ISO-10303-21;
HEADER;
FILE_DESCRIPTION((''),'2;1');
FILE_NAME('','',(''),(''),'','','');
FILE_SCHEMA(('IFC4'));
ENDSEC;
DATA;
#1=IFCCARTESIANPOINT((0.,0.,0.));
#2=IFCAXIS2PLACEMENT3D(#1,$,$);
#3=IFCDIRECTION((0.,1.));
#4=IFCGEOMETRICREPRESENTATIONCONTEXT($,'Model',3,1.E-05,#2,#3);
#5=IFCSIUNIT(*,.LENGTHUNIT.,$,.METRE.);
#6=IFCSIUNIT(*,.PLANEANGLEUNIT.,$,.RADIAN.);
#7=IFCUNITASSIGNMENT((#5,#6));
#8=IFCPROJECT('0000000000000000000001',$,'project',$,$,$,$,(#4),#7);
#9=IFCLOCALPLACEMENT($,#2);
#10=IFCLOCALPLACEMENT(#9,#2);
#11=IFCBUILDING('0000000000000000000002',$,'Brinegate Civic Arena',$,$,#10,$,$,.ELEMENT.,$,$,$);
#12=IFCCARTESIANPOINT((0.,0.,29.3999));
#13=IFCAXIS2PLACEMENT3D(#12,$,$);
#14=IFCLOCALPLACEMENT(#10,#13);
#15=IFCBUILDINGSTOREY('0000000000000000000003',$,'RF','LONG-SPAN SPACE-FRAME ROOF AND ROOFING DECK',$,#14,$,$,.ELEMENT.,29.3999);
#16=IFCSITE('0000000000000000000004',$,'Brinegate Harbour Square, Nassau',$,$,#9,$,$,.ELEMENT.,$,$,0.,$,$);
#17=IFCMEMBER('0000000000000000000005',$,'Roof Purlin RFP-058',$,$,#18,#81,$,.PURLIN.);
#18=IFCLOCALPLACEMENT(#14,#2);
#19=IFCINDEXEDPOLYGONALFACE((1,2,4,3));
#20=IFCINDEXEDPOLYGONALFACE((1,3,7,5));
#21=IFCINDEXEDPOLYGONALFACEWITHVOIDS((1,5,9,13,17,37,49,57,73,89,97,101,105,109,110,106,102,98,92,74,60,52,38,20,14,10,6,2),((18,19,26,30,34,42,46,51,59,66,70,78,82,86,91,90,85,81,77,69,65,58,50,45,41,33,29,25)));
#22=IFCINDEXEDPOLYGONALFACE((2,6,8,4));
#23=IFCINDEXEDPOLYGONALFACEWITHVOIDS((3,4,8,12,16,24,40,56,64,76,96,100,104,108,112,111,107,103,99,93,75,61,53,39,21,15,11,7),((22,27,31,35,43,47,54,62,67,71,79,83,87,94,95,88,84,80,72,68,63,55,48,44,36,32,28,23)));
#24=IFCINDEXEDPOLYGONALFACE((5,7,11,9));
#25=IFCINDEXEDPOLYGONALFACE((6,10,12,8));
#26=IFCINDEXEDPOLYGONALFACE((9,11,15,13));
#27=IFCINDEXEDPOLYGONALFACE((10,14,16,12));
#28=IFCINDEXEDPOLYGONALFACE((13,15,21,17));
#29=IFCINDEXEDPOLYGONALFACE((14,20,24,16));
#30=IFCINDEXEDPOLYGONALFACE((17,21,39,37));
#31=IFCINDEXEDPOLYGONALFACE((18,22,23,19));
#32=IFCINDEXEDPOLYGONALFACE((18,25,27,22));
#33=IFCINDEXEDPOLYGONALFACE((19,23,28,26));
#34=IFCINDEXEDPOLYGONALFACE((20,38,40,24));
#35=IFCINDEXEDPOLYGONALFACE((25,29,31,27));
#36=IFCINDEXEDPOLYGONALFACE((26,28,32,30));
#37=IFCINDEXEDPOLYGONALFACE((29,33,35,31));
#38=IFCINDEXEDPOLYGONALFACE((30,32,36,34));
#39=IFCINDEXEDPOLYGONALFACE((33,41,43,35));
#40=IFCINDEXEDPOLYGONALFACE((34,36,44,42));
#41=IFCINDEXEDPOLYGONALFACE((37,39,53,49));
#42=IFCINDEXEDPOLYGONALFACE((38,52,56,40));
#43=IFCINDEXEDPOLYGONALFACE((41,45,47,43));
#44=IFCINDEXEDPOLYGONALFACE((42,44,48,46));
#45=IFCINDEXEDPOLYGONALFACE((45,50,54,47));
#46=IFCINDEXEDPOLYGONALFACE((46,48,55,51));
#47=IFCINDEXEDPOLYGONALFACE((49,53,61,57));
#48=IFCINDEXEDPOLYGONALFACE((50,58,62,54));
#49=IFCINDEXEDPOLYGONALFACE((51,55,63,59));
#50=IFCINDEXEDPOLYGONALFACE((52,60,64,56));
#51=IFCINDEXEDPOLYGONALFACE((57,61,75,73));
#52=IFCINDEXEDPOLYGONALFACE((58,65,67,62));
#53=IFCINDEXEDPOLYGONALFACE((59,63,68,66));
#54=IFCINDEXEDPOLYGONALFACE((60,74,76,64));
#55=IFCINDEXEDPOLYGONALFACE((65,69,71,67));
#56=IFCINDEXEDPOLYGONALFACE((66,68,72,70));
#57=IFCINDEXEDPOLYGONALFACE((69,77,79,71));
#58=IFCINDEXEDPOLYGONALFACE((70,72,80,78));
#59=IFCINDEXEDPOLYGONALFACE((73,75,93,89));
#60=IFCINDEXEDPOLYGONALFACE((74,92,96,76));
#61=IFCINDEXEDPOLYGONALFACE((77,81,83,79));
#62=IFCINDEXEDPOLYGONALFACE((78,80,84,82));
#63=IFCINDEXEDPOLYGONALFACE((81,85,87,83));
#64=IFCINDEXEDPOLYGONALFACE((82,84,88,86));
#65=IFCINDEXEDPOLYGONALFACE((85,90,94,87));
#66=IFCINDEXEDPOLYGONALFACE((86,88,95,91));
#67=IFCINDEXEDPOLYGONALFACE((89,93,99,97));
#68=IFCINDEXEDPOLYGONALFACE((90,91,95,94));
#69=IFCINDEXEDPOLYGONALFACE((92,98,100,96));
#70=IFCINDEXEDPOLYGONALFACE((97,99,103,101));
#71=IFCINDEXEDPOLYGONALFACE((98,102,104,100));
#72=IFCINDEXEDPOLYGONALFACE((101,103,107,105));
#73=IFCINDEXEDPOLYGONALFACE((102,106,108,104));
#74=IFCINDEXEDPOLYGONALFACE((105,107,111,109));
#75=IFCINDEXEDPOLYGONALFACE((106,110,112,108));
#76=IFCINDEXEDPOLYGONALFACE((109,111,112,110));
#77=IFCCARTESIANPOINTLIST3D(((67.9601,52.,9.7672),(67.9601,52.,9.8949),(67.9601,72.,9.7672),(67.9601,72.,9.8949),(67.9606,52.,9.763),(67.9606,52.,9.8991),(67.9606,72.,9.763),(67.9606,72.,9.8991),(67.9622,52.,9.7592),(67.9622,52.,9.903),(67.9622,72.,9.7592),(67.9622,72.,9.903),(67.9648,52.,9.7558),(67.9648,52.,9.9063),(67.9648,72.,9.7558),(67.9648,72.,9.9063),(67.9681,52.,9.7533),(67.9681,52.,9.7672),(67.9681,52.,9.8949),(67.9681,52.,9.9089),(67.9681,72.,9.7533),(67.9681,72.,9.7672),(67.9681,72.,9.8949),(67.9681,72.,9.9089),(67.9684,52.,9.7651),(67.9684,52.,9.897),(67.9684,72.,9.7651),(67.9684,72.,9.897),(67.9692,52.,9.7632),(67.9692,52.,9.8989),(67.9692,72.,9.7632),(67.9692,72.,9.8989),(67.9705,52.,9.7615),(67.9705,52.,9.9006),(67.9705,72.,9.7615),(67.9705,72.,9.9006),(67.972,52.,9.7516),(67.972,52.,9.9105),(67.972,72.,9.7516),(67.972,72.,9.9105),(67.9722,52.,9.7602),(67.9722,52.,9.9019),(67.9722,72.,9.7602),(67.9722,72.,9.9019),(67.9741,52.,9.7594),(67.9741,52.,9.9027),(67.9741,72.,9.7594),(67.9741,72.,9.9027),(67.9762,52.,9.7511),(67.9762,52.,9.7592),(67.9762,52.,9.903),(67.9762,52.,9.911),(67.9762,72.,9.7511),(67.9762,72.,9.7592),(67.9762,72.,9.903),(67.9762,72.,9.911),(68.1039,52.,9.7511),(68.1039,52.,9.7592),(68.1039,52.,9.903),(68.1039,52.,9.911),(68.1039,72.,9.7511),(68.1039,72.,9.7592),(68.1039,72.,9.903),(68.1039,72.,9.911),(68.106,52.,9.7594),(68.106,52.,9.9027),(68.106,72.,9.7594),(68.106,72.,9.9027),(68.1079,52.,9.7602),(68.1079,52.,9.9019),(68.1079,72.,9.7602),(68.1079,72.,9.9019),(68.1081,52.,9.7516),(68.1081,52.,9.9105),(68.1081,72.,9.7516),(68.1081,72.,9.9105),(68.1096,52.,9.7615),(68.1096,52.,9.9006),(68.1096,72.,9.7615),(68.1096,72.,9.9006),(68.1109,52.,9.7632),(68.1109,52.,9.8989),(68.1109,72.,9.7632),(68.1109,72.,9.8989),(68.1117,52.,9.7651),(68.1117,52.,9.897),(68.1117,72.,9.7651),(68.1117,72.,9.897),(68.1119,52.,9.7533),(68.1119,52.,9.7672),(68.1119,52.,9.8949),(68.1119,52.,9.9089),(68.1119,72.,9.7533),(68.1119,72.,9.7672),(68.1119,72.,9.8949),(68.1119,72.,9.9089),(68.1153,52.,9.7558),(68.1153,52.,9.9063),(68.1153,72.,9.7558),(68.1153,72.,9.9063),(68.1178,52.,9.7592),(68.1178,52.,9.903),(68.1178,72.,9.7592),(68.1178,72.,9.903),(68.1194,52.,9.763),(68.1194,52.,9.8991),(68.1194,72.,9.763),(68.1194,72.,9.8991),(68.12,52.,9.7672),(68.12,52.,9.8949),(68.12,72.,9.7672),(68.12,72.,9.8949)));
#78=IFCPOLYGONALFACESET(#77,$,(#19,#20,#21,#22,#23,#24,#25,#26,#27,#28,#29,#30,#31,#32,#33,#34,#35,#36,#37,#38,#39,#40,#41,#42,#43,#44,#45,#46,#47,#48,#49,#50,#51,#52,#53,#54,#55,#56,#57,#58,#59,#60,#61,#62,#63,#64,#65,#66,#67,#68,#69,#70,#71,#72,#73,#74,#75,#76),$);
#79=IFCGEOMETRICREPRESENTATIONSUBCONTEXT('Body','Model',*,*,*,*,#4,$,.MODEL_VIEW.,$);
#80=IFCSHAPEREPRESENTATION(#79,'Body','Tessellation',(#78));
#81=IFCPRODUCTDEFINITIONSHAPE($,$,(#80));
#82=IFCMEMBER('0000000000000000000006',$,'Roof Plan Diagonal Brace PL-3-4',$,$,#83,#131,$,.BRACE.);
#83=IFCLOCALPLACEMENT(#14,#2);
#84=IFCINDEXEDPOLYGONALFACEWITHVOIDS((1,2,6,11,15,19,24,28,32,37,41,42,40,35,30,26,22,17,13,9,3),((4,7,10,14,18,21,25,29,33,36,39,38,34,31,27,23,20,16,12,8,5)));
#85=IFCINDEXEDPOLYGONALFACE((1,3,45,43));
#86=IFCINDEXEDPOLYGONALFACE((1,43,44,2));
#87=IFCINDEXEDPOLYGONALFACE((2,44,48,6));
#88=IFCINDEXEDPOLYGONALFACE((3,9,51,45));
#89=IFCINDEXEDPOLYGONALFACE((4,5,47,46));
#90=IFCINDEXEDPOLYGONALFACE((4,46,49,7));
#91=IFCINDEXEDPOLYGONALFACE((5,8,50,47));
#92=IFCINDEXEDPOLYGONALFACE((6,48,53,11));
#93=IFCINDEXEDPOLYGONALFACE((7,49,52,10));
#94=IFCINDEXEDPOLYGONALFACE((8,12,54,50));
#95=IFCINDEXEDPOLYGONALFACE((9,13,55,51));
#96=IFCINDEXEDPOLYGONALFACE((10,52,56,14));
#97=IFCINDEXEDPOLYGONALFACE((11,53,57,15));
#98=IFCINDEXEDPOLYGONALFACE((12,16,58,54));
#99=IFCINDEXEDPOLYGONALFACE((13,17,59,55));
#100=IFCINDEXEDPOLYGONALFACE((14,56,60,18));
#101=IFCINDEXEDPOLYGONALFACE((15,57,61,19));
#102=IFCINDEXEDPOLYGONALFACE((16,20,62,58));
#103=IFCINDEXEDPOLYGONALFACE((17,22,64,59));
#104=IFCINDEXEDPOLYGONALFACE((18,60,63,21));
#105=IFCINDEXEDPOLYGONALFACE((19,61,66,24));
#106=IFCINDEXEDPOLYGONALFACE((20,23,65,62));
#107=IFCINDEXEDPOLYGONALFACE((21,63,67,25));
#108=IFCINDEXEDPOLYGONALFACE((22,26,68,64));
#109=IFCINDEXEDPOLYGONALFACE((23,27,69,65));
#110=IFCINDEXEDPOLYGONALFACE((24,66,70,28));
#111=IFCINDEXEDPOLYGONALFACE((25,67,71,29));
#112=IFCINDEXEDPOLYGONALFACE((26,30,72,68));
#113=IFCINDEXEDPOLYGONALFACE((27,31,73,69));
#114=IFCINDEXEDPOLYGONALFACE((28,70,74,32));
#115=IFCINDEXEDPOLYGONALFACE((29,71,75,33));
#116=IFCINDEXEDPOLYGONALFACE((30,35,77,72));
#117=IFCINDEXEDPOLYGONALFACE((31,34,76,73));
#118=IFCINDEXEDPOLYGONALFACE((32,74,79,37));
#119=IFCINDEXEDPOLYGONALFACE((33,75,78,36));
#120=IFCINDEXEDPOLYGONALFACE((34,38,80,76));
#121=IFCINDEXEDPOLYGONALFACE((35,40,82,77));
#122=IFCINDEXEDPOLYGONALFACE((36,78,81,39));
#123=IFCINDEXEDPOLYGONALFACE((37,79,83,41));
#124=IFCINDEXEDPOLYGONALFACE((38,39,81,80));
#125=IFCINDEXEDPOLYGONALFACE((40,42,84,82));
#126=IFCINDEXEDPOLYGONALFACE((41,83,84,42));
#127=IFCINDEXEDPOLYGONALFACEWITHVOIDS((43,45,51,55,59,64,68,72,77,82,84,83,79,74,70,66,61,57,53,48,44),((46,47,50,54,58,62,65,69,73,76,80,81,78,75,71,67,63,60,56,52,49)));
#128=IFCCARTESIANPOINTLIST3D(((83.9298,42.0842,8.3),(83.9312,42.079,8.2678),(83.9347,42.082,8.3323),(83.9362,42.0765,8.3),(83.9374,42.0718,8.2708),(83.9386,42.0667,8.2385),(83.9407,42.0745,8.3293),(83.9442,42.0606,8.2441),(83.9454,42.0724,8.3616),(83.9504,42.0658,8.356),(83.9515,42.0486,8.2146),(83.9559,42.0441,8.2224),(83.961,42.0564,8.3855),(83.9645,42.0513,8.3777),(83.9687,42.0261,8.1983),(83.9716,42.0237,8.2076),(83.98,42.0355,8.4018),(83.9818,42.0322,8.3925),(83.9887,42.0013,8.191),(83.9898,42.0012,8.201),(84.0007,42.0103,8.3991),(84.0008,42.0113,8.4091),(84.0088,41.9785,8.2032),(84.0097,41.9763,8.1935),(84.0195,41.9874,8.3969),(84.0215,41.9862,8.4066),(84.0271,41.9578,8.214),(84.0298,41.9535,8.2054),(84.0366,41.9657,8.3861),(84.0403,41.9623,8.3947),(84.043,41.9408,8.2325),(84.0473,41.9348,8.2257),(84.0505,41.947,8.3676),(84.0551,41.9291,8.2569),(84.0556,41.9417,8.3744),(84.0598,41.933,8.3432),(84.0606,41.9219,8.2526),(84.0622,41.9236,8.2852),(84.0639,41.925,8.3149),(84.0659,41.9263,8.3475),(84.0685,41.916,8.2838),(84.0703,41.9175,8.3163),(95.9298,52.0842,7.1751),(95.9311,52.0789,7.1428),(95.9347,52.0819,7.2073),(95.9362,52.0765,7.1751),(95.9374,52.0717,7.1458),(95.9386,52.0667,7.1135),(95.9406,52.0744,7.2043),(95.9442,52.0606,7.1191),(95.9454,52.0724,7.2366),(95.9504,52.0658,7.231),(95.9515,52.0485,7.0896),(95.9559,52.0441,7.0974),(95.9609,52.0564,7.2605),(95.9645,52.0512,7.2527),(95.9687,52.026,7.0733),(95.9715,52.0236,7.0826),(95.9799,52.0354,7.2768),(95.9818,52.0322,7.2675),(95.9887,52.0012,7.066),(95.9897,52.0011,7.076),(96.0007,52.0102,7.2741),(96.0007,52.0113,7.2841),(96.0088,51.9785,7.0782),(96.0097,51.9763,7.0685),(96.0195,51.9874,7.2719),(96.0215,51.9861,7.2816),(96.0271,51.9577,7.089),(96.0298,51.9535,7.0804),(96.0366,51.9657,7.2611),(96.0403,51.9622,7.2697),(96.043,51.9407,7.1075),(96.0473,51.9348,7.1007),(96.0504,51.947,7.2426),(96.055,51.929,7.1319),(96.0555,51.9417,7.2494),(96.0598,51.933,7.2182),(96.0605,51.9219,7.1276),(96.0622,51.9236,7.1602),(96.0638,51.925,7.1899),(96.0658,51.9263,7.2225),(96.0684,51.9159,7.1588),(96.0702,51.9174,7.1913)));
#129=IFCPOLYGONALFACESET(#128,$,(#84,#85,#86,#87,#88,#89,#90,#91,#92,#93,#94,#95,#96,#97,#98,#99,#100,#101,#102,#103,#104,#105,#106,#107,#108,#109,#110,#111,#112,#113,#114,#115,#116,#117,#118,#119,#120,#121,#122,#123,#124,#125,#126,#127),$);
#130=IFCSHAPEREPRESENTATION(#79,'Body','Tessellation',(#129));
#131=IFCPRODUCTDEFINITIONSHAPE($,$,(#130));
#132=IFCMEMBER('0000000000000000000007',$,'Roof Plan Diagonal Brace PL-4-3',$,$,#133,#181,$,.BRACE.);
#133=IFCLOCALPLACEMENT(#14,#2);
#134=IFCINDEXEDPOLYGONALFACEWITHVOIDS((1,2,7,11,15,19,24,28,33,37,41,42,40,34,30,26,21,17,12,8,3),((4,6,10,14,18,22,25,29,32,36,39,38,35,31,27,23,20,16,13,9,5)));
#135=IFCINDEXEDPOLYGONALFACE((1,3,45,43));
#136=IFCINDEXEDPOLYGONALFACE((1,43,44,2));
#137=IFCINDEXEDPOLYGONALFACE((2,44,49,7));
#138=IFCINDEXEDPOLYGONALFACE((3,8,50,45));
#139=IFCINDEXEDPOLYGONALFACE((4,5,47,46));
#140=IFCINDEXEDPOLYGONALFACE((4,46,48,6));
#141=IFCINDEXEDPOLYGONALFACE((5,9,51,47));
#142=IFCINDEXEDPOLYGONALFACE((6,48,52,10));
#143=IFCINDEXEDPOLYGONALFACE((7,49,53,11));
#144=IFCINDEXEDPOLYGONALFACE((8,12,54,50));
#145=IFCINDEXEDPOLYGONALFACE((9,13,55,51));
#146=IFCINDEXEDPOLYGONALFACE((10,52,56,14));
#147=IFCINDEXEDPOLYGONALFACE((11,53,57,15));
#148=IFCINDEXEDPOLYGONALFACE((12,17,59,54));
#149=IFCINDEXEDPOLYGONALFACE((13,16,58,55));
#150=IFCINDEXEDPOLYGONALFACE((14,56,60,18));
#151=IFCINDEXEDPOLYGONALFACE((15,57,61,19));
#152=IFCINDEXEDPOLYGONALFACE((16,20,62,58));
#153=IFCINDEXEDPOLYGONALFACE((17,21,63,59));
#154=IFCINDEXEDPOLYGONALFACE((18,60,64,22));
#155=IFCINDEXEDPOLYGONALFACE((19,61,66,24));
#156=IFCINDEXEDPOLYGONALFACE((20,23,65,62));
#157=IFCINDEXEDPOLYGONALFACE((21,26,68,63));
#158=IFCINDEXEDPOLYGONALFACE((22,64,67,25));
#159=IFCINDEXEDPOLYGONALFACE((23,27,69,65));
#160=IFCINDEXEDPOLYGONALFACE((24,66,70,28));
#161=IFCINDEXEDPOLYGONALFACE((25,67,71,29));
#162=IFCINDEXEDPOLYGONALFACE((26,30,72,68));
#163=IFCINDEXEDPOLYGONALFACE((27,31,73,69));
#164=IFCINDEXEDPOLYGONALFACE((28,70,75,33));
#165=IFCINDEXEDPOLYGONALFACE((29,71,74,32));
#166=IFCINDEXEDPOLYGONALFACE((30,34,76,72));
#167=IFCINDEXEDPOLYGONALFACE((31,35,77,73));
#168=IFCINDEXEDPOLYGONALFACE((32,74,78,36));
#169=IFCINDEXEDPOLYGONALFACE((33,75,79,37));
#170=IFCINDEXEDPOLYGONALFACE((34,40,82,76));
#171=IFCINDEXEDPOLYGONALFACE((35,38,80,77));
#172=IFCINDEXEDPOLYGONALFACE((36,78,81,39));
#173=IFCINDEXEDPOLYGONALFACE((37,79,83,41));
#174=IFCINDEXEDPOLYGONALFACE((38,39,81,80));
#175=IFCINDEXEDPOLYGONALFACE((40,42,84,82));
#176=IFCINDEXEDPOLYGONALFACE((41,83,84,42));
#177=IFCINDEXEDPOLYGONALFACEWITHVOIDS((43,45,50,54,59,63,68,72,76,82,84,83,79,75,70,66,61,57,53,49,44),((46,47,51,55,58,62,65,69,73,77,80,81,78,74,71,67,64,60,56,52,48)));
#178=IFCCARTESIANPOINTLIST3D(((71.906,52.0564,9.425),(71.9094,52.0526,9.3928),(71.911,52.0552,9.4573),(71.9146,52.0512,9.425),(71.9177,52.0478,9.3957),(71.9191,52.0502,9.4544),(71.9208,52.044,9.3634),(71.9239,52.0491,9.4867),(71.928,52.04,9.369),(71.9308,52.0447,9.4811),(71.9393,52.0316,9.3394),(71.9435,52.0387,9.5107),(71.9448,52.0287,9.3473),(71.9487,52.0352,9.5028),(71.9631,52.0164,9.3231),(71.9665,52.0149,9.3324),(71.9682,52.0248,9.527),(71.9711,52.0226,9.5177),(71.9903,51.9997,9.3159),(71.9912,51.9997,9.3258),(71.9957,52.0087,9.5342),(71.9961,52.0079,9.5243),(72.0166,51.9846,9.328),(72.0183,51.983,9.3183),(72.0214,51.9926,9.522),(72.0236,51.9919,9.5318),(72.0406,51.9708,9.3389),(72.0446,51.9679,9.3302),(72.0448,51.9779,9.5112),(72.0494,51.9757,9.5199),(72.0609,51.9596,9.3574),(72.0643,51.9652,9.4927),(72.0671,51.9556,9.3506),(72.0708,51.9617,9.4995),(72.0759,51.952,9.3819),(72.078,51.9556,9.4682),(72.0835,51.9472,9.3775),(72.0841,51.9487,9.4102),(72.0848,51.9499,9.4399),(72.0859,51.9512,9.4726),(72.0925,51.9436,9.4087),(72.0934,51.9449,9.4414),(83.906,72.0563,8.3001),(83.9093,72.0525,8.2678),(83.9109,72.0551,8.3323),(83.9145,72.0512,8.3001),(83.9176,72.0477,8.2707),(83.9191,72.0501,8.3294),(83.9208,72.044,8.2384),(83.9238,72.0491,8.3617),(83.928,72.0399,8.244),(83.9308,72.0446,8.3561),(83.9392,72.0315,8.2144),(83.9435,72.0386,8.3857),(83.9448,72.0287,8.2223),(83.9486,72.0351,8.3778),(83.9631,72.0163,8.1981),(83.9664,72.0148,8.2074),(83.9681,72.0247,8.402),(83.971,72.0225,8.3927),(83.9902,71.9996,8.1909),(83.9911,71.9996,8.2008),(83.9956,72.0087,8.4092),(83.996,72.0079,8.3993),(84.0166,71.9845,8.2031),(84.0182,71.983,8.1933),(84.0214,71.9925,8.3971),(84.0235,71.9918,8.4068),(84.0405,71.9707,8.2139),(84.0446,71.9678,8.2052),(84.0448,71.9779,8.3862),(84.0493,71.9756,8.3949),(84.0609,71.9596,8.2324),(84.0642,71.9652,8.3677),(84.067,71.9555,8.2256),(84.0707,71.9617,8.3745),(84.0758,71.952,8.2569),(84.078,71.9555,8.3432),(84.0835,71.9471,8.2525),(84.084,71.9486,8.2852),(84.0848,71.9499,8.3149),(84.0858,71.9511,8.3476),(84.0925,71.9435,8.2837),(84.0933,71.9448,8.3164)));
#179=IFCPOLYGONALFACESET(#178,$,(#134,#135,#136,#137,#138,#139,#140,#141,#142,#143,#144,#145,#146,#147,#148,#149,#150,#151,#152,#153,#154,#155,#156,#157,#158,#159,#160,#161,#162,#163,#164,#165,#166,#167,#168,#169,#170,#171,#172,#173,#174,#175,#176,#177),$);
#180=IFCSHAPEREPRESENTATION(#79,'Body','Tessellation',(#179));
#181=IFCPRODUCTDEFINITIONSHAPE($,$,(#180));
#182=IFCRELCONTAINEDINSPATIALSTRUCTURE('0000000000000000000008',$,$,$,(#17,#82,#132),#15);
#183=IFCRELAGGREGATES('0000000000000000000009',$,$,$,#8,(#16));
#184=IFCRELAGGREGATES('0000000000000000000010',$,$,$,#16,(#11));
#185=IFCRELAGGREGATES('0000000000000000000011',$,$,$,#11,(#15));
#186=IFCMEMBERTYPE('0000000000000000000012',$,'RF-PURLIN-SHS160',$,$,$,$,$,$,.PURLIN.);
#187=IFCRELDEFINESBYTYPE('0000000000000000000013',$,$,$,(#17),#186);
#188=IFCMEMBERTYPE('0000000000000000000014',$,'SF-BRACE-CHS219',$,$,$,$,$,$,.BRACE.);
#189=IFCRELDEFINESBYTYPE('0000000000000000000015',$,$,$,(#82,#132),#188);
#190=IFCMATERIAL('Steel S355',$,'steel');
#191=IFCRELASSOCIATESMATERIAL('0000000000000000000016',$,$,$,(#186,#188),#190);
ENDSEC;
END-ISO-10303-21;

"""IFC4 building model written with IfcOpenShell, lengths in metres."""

from ifc_helpers import new_model, si_unit, direction, frame, origin, origin_2d, place, context, subcontext, project, spatial, hollow_rectangle, hollow_circle, extrude, material, material_profile, profile_set, type_object, element, save


model = new_model("IFC4")

# Units and contexts
model_context = context("Model", 3, precision=1e-05, world=origin(), true_north=direction((0.0, 1.0)))
body_context = subcontext(model_context, "Body", "Model", "MODEL_VIEW")
ifc_project = project(units=[si_unit("LENGTHUNIT", "METRE"), si_unit("PLANEANGLEUNIT", "RADIAN")], contexts=[model_context])

# Site, building, storey
site_placement = place(None, origin())
site = spatial("IfcSite", under=ifc_project, at=site_placement, Name="Brinegate Harbour Square, Nassau", CompositionType="ELEMENT", RefElevation=0.0)
building_placement = place(site_placement, origin())
building = spatial("IfcBuilding", under=site, at=building_placement, Name="Brinegate Civic Arena", CompositionType="ELEMENT")
storey_placement = place(building_placement, frame((0.0, 0.0, 29.3999)))
storey = spatial("IfcBuildingStorey", under=building, at=storey_placement, Name="RF", Description="LONG-SPAN SPACE-FRAME ROOF AND ROOFING DECK", CompositionType="ELEMENT", Elevation=29.3999)

# Members
ifc_material = material(Name="Steel S355", Category="steel")
ifc_material_profile_1 = material_profile(ifc_material, hollow_rectangle(XDim=0.1599, YDim=0.1599, WallThickness=0.0081, InnerFilletRadius=0.0081, OuterFilletRadius=0.0161, at=origin_2d()), Name="SHS160X8")
ifc_profile_set_1 = profile_set([ifc_material_profile_1], Name="Steel S355")
member_type_1 = type_object("IfcMemberType", Name="RF-PURLIN-SHS160", PredefinedType="PURLIN", material=ifc_profile_set_1)
member_1_placement = place(storey_placement, frame((68.04, 52.0, 9.8311), z_axis=(0.0, 1.0, 0.0), x_axis=(-1.0, 0.0, 0.0)))
element("IfcMember", 1, at=member_1_placement, inside=storey, type_object=member_type_1, Name="Roof Purlin RFP-058", PredefinedType="PURLIN", context=body_context, shape_type="SweptSolid", body=[
    extrude(hollow_rectangle(XDim=0.1599, YDim=0.1599, WallThickness=0.0081, InnerFilletRadius=0.0081, OuterFilletRadius=0.0161, at=origin_2d()), origin(), (0.0, 0.0, 1.0), 20.0),
])
ifc_material_profile_2 = material_profile(ifc_material, hollow_circle(Radius=0.1096, WallThickness=0.01, at=origin_2d()), Name="CHS219X10")
ifc_profile_set_2 = profile_set([ifc_material_profile_2], Name="Steel S355")
member_type_2 = type_object("IfcMemberType", Name="SF-BRACE-CHS219", PredefinedType="BRACE", material=ifc_profile_set_2)
member_2_placement = place(storey_placement, frame((84.0, 42.0, 8.3), z_axis=(0.766237, 0.638531, -0.071835), x_axis=(-0.640184, 0.768221, 0.0)))
element("IfcMember", 2, at=member_2_placement, inside=storey, type_object=member_type_2, Name="Roof Plan Diagonal Brace PL-3-4", PredefinedType="BRACE", context=body_context, shape_type="SweptSolid", body=[
    extrude(hollow_circle(Radius=0.1096, WallThickness=0.01, at=origin_2d()), origin(), (0.0, 0.0, 1.0), 15.6609),
])
member_3_placement = place(storey_placement, frame((72.0, 52.0, 9.425), z_axis=(0.513898, 0.856497, -0.048178), x_axis=(-0.857493, 0.514496, 0.0)))
element("IfcMember", 3, at=member_3_placement, inside=storey, type_object=member_type_2, Name="Roof Plan Diagonal Brace PL-4-3", PredefinedType="BRACE", context=body_context, shape_type="SweptSolid", body=[
    extrude(hollow_circle(Radius=0.1096, WallThickness=0.01, at=origin_2d()), origin(), (0.0, 0.0, 1.0), 23.3508),
])

save(model, "model.ifc")
